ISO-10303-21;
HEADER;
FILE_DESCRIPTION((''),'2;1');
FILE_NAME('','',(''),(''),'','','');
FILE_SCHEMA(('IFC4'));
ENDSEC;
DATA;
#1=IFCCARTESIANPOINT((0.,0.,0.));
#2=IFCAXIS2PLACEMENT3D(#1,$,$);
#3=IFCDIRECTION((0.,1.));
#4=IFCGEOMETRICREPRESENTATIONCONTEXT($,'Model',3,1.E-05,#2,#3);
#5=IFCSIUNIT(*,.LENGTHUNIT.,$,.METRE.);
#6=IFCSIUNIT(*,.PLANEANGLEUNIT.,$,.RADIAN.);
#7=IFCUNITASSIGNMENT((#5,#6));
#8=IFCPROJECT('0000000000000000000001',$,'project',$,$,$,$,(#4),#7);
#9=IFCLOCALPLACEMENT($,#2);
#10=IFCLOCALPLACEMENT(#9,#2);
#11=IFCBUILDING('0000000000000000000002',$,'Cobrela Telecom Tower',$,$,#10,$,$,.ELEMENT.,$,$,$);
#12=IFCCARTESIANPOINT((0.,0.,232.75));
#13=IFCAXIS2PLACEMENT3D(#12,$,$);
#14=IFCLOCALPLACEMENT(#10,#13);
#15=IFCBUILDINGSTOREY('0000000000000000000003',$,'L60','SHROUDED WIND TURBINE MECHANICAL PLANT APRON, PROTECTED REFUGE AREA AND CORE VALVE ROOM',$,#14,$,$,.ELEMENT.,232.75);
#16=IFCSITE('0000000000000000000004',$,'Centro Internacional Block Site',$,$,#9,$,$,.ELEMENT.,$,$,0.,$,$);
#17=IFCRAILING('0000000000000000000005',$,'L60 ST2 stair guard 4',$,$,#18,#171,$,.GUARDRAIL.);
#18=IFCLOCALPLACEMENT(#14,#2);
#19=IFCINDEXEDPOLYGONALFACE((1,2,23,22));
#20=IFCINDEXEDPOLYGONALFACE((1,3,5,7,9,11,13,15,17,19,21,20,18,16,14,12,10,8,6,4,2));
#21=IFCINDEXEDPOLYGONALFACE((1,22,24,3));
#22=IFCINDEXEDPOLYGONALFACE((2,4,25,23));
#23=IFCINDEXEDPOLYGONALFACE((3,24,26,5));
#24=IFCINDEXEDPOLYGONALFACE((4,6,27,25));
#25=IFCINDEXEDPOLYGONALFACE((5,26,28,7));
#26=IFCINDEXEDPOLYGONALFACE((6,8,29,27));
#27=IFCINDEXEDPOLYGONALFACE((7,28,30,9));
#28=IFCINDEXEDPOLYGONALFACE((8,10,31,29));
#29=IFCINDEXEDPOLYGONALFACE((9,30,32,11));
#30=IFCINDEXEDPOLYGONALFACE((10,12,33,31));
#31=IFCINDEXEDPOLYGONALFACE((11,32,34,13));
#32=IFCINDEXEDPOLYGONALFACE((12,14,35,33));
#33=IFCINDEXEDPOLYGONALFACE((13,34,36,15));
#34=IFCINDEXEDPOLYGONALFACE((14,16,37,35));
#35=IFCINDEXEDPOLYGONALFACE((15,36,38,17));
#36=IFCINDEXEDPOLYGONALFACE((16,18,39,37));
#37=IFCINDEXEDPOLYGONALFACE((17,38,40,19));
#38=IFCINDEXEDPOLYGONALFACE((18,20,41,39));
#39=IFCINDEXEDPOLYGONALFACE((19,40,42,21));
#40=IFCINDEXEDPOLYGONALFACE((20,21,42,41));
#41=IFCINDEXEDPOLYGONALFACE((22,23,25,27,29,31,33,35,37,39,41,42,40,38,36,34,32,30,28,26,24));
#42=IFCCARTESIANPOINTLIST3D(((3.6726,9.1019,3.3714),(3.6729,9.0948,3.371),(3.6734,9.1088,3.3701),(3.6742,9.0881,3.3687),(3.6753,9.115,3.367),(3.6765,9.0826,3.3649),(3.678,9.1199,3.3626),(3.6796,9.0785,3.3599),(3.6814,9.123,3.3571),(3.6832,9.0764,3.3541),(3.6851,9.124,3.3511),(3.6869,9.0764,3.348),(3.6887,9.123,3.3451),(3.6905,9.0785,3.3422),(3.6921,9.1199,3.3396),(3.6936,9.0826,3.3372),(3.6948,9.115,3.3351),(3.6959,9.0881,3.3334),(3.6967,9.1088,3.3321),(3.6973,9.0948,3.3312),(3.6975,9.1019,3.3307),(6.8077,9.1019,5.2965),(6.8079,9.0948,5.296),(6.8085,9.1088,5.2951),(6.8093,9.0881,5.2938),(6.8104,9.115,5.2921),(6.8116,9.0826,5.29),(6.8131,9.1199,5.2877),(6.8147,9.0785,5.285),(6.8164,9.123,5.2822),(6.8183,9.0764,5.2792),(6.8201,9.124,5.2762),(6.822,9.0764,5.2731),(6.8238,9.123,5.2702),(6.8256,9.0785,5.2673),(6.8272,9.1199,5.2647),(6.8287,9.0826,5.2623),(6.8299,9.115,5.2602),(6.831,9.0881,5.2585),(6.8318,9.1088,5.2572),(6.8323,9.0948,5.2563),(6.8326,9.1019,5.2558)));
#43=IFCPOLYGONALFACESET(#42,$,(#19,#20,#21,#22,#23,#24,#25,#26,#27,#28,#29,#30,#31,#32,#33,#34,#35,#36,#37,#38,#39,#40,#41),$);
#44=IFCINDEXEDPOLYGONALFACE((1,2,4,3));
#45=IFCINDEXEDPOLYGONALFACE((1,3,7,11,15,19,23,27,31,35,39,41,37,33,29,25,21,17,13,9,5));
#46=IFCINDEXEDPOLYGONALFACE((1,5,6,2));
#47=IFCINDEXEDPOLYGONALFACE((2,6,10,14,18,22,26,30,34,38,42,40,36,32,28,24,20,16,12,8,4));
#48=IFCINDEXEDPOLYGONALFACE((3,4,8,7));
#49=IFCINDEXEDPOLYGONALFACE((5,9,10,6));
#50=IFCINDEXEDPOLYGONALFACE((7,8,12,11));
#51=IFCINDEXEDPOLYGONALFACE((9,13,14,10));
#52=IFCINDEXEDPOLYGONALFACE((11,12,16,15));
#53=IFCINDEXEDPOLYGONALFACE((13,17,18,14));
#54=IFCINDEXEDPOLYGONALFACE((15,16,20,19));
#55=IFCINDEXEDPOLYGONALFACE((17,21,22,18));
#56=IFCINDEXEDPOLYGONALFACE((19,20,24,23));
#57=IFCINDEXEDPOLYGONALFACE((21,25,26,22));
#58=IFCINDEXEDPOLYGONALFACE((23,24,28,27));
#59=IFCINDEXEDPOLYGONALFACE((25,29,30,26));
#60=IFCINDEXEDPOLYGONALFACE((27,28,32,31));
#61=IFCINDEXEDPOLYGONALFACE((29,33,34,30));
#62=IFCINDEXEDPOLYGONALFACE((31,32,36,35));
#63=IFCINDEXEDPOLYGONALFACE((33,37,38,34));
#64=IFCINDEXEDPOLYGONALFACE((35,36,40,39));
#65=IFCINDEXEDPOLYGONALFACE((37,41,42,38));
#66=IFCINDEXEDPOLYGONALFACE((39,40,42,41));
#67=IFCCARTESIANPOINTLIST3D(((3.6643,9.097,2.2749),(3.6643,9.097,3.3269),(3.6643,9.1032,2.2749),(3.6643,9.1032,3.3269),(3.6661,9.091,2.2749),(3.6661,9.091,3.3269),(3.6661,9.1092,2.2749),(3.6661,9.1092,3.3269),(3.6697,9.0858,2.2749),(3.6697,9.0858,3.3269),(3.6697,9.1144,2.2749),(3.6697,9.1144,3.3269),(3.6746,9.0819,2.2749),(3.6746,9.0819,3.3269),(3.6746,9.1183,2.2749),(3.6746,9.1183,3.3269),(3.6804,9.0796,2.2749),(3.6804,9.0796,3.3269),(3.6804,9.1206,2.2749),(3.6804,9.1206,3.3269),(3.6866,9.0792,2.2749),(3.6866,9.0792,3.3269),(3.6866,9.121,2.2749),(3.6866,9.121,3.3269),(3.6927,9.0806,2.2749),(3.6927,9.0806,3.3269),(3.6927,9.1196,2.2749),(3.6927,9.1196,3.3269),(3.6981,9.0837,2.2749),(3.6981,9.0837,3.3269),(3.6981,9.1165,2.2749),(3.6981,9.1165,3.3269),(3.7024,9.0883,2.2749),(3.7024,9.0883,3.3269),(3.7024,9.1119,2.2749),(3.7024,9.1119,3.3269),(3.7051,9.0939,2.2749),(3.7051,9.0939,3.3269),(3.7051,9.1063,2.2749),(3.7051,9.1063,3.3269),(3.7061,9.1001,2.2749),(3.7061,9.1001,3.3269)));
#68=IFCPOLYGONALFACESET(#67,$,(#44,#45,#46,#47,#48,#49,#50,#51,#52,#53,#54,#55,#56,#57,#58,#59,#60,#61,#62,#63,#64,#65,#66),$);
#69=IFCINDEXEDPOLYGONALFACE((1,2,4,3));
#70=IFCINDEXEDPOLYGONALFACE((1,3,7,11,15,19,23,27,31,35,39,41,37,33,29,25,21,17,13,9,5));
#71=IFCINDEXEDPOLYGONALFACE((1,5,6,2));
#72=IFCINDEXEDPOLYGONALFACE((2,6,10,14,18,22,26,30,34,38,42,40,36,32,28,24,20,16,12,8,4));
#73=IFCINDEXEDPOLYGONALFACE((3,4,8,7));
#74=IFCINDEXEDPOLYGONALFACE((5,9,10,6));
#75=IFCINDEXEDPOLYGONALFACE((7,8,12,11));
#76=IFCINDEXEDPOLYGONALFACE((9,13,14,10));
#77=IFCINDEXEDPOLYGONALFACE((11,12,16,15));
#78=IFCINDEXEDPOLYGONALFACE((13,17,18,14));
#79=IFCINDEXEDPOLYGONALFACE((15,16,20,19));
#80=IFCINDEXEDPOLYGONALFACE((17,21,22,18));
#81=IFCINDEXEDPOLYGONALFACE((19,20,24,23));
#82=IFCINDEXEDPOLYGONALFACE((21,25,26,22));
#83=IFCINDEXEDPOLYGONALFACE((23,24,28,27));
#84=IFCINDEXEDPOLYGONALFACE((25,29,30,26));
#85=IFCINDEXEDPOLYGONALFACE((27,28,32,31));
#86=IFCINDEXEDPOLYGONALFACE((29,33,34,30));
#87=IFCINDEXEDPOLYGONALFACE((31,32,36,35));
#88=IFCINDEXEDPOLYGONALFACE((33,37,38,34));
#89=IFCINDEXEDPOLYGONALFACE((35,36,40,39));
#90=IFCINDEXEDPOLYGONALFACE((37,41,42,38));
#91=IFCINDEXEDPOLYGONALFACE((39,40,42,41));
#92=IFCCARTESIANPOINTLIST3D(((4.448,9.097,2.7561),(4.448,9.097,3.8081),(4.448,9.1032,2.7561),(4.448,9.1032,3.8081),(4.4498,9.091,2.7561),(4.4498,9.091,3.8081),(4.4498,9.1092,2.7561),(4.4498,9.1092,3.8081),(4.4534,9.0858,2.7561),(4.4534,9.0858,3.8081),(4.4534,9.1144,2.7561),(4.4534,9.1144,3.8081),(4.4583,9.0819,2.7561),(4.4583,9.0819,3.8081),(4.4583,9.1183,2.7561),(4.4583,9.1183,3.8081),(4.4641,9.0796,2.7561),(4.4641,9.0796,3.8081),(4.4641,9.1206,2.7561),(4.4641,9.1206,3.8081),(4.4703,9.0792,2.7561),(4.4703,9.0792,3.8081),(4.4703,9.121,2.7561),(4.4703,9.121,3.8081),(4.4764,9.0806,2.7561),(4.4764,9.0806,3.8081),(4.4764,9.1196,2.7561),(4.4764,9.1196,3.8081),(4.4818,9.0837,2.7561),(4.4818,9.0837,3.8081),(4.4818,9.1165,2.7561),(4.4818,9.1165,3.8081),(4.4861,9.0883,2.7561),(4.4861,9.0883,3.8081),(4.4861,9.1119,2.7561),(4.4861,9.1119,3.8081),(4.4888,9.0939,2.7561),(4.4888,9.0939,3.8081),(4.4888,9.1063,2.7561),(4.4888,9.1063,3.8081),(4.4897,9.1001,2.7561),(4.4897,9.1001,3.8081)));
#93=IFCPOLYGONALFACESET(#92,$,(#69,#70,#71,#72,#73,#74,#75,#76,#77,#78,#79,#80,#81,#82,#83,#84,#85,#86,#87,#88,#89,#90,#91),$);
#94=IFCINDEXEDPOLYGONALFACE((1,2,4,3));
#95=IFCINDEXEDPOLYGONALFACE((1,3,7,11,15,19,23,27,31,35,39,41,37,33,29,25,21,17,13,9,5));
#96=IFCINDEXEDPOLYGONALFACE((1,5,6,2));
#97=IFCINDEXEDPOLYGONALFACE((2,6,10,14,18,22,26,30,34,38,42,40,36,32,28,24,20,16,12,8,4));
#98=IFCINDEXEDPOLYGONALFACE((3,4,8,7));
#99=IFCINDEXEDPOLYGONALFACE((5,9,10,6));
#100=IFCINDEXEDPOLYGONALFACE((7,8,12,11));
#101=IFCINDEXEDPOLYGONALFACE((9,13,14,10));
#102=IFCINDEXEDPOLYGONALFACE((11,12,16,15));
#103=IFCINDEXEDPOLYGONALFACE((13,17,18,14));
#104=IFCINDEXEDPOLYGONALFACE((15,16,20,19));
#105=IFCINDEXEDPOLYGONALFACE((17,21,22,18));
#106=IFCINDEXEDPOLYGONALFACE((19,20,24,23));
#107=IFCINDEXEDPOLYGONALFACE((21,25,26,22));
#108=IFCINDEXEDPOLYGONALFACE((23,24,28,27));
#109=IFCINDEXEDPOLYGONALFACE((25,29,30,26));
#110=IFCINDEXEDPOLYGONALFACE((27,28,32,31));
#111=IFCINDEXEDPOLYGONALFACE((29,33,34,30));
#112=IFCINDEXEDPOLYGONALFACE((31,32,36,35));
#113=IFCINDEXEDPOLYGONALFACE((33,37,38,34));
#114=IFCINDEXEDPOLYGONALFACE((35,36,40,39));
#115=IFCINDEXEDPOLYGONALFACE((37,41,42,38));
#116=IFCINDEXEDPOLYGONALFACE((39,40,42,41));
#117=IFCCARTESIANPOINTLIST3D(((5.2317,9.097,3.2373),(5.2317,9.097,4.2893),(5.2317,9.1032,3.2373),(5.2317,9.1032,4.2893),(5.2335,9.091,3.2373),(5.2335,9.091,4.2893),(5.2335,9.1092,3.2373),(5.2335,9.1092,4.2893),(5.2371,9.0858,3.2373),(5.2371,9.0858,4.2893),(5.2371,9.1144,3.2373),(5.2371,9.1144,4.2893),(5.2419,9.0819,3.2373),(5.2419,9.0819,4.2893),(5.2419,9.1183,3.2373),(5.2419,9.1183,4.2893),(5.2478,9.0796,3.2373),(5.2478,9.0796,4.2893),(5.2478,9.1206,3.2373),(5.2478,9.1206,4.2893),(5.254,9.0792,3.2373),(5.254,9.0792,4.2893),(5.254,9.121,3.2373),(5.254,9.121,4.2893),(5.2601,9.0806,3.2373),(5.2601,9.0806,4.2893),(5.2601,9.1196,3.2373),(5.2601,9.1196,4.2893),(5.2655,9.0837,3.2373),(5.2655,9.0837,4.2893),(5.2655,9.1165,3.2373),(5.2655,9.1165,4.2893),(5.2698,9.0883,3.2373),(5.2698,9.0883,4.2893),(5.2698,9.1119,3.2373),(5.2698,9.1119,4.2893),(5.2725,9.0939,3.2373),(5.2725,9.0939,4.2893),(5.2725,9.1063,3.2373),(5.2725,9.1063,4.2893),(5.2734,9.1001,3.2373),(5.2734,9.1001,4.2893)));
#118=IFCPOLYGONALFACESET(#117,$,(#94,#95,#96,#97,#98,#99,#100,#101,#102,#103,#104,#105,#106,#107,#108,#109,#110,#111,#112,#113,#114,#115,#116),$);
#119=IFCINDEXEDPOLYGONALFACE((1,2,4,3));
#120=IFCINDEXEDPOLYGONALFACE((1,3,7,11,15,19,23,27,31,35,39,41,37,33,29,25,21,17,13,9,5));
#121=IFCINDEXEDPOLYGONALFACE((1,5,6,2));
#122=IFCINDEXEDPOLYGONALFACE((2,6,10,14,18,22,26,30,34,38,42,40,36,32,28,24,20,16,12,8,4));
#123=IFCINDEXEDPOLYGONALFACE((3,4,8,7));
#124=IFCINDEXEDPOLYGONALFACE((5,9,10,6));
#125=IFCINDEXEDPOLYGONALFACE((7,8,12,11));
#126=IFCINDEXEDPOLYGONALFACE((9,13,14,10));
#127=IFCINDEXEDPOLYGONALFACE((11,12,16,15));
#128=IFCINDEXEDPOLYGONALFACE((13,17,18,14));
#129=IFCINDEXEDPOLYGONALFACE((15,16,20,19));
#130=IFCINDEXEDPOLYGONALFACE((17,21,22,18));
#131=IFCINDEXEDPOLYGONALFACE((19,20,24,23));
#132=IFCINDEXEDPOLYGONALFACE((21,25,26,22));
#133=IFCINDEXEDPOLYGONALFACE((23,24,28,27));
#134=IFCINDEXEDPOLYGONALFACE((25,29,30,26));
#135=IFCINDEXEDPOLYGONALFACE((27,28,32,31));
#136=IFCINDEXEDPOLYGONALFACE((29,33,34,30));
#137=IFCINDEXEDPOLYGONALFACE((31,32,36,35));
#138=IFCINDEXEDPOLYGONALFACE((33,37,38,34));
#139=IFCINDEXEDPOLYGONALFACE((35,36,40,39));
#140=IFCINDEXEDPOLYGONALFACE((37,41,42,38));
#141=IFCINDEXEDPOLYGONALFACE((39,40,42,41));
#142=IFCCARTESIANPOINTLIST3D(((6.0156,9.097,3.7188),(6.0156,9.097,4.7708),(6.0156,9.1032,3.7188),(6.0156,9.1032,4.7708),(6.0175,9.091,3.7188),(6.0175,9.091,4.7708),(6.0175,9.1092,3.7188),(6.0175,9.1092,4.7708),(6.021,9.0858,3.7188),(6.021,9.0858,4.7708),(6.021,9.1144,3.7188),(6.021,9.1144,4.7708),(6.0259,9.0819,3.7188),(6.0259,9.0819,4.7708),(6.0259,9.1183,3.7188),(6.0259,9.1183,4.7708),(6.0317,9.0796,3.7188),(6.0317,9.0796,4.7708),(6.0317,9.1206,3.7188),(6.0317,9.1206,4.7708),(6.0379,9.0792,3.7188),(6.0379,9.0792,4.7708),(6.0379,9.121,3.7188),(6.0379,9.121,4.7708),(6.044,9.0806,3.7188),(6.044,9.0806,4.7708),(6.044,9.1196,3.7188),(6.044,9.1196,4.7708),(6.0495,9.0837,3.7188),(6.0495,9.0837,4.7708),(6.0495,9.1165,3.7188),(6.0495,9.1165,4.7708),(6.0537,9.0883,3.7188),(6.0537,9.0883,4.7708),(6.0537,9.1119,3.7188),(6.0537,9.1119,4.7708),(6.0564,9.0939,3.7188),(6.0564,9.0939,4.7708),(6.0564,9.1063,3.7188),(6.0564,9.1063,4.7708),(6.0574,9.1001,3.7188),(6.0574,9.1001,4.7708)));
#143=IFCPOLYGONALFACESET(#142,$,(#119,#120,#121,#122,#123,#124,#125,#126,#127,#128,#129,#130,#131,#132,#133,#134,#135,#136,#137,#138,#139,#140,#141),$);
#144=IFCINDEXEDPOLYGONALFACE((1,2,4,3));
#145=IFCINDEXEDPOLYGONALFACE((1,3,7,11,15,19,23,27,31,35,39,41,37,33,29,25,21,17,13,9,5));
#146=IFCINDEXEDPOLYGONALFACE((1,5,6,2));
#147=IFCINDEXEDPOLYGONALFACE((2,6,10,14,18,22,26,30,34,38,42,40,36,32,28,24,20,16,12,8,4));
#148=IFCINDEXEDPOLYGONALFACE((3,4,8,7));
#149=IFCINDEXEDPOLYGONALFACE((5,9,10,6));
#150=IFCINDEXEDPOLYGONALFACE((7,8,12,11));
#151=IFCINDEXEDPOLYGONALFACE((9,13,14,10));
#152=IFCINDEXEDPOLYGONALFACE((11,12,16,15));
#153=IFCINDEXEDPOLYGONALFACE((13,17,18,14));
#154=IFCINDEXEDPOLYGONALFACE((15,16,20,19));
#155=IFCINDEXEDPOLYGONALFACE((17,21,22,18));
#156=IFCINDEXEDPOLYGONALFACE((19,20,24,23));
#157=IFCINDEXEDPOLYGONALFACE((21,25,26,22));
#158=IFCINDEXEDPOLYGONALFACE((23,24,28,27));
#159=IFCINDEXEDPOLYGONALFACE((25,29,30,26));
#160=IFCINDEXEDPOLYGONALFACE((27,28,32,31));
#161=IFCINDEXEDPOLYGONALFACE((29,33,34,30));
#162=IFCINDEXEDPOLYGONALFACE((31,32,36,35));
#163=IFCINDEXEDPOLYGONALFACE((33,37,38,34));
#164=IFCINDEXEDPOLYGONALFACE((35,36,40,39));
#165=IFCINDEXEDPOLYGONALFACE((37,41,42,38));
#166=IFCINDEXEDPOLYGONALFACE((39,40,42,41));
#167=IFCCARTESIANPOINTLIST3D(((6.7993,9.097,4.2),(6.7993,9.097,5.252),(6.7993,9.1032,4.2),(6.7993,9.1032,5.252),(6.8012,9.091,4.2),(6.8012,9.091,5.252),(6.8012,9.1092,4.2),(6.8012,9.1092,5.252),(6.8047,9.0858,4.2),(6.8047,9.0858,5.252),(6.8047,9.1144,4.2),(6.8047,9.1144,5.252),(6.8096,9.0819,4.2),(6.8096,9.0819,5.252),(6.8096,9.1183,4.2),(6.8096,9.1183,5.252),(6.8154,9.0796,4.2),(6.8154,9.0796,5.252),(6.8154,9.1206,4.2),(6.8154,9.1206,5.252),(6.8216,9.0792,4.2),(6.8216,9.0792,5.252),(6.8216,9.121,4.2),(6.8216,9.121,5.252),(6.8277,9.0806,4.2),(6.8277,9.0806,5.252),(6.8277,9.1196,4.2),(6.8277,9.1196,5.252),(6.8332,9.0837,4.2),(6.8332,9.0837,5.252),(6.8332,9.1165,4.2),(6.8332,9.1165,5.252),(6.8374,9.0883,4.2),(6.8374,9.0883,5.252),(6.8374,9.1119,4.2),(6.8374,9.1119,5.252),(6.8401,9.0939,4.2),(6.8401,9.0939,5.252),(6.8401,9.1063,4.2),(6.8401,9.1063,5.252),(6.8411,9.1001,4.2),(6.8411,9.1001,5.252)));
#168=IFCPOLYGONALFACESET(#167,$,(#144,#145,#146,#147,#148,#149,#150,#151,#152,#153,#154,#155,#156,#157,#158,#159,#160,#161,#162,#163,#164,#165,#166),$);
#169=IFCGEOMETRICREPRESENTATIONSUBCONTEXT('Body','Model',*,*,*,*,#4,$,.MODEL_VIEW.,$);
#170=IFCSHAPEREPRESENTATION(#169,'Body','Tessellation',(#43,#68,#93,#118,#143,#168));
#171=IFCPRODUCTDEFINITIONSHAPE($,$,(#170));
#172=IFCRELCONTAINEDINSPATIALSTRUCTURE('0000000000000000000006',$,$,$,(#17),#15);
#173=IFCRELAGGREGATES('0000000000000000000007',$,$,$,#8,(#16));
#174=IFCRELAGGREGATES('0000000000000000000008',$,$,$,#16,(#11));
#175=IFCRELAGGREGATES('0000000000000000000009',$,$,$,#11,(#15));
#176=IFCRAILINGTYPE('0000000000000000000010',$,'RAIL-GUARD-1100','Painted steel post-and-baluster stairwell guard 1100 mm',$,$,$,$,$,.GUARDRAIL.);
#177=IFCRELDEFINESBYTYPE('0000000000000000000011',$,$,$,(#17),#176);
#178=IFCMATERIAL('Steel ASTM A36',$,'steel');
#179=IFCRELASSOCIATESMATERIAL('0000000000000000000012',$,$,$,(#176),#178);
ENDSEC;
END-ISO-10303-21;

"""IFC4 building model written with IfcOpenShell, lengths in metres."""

from ifc_helpers import new_model, si_unit, direction, frame, origin, origin_2d, place, context, subcontext, project, spatial, circle, extrude, material, type_object, element, save


model = new_model("IFC4")

# Units and contexts
model_context = context("Model", 3, precision=1e-05, world=origin(), true_north=direction((0.0, 1.0)))
body_context = subcontext(model_context, "Body", "Model", "MODEL_VIEW")
ifc_project = project(units=[si_unit("LENGTHUNIT", "METRE"), si_unit("PLANEANGLEUNIT", "RADIAN")], contexts=[model_context])

# Site, building, storey
site_placement = place(None, origin())
site = spatial("IfcSite", under=ifc_project, at=site_placement, Name="Centro Internacional Block Site", CompositionType="ELEMENT", RefElevation=0.0)
building_placement = place(site_placement, origin())
building = spatial("IfcBuilding", under=site, at=building_placement, Name="Cobrela Telecom Tower", CompositionType="ELEMENT")
storey_placement = place(building_placement, frame((0.0, 0.0, 232.75)))
storey = spatial("IfcBuildingStorey", under=building, at=storey_placement, Name="L60", Description="SHROUDED WIND TURBINE MECHANICAL PLANT APRON, PROTECTED REFUGE AREA AND CORE VALVE ROOM", CompositionType="ELEMENT", Elevation=232.75)

# Railing
ifc_material_1 = material(Name="Steel ASTM A36", Category="steel")
railing_type_1 = type_object("IfcRailingType", Name="RAIL-GUARD-1100", Description="Painted steel post-and-baluster stairwell guard 1100 mm", PredefinedType="GUARDRAIL", material=ifc_material_1)
railing_1_placement = place(storey_placement, frame((3.6851, 9.1001, 2.2749)))
element("IfcRailing", 1, at=railing_1_placement, inside=storey, type_object=railing_type_1, Name="L60 ST2 stair guard 4", PredefinedType="GUARDRAIL", context=body_context, shape_type="SweptSolid", body=[
    extrude(circle(Radius=0.0239, at=origin_2d()), frame((0.0, 0.0, 1.0762), z_axis=(0.852166, 0.0, 0.523271), x_axis=(0.0, 1.0, 0.0)), (0.0, 0.0, 1.0), 3.679),
    extrude(circle(Radius=0.021, at=origin_2d()), origin(), (0.0, 0.0, 1.0), 1.052),
    extrude(circle(Radius=0.021, at=origin_2d()), frame((0.7837, 0.0, 0.4812)), (0.0, 0.0, 1.0), 1.052),
    extrude(circle(Radius=0.021, at=origin_2d()), frame((1.5674, 0.0, 0.9624)), (0.0, 0.0, 1.0), 1.052),
    extrude(circle(Radius=0.021, at=origin_2d()), frame((2.3513, 0.0, 1.4438)), (0.0, 0.0, 1.0), 1.052),
    extrude(circle(Radius=0.021, at=origin_2d()), frame((3.135, 0.0, 1.925)), (0.0, 0.0, 1.0), 1.052),
])

save(model, "model.ifc")
